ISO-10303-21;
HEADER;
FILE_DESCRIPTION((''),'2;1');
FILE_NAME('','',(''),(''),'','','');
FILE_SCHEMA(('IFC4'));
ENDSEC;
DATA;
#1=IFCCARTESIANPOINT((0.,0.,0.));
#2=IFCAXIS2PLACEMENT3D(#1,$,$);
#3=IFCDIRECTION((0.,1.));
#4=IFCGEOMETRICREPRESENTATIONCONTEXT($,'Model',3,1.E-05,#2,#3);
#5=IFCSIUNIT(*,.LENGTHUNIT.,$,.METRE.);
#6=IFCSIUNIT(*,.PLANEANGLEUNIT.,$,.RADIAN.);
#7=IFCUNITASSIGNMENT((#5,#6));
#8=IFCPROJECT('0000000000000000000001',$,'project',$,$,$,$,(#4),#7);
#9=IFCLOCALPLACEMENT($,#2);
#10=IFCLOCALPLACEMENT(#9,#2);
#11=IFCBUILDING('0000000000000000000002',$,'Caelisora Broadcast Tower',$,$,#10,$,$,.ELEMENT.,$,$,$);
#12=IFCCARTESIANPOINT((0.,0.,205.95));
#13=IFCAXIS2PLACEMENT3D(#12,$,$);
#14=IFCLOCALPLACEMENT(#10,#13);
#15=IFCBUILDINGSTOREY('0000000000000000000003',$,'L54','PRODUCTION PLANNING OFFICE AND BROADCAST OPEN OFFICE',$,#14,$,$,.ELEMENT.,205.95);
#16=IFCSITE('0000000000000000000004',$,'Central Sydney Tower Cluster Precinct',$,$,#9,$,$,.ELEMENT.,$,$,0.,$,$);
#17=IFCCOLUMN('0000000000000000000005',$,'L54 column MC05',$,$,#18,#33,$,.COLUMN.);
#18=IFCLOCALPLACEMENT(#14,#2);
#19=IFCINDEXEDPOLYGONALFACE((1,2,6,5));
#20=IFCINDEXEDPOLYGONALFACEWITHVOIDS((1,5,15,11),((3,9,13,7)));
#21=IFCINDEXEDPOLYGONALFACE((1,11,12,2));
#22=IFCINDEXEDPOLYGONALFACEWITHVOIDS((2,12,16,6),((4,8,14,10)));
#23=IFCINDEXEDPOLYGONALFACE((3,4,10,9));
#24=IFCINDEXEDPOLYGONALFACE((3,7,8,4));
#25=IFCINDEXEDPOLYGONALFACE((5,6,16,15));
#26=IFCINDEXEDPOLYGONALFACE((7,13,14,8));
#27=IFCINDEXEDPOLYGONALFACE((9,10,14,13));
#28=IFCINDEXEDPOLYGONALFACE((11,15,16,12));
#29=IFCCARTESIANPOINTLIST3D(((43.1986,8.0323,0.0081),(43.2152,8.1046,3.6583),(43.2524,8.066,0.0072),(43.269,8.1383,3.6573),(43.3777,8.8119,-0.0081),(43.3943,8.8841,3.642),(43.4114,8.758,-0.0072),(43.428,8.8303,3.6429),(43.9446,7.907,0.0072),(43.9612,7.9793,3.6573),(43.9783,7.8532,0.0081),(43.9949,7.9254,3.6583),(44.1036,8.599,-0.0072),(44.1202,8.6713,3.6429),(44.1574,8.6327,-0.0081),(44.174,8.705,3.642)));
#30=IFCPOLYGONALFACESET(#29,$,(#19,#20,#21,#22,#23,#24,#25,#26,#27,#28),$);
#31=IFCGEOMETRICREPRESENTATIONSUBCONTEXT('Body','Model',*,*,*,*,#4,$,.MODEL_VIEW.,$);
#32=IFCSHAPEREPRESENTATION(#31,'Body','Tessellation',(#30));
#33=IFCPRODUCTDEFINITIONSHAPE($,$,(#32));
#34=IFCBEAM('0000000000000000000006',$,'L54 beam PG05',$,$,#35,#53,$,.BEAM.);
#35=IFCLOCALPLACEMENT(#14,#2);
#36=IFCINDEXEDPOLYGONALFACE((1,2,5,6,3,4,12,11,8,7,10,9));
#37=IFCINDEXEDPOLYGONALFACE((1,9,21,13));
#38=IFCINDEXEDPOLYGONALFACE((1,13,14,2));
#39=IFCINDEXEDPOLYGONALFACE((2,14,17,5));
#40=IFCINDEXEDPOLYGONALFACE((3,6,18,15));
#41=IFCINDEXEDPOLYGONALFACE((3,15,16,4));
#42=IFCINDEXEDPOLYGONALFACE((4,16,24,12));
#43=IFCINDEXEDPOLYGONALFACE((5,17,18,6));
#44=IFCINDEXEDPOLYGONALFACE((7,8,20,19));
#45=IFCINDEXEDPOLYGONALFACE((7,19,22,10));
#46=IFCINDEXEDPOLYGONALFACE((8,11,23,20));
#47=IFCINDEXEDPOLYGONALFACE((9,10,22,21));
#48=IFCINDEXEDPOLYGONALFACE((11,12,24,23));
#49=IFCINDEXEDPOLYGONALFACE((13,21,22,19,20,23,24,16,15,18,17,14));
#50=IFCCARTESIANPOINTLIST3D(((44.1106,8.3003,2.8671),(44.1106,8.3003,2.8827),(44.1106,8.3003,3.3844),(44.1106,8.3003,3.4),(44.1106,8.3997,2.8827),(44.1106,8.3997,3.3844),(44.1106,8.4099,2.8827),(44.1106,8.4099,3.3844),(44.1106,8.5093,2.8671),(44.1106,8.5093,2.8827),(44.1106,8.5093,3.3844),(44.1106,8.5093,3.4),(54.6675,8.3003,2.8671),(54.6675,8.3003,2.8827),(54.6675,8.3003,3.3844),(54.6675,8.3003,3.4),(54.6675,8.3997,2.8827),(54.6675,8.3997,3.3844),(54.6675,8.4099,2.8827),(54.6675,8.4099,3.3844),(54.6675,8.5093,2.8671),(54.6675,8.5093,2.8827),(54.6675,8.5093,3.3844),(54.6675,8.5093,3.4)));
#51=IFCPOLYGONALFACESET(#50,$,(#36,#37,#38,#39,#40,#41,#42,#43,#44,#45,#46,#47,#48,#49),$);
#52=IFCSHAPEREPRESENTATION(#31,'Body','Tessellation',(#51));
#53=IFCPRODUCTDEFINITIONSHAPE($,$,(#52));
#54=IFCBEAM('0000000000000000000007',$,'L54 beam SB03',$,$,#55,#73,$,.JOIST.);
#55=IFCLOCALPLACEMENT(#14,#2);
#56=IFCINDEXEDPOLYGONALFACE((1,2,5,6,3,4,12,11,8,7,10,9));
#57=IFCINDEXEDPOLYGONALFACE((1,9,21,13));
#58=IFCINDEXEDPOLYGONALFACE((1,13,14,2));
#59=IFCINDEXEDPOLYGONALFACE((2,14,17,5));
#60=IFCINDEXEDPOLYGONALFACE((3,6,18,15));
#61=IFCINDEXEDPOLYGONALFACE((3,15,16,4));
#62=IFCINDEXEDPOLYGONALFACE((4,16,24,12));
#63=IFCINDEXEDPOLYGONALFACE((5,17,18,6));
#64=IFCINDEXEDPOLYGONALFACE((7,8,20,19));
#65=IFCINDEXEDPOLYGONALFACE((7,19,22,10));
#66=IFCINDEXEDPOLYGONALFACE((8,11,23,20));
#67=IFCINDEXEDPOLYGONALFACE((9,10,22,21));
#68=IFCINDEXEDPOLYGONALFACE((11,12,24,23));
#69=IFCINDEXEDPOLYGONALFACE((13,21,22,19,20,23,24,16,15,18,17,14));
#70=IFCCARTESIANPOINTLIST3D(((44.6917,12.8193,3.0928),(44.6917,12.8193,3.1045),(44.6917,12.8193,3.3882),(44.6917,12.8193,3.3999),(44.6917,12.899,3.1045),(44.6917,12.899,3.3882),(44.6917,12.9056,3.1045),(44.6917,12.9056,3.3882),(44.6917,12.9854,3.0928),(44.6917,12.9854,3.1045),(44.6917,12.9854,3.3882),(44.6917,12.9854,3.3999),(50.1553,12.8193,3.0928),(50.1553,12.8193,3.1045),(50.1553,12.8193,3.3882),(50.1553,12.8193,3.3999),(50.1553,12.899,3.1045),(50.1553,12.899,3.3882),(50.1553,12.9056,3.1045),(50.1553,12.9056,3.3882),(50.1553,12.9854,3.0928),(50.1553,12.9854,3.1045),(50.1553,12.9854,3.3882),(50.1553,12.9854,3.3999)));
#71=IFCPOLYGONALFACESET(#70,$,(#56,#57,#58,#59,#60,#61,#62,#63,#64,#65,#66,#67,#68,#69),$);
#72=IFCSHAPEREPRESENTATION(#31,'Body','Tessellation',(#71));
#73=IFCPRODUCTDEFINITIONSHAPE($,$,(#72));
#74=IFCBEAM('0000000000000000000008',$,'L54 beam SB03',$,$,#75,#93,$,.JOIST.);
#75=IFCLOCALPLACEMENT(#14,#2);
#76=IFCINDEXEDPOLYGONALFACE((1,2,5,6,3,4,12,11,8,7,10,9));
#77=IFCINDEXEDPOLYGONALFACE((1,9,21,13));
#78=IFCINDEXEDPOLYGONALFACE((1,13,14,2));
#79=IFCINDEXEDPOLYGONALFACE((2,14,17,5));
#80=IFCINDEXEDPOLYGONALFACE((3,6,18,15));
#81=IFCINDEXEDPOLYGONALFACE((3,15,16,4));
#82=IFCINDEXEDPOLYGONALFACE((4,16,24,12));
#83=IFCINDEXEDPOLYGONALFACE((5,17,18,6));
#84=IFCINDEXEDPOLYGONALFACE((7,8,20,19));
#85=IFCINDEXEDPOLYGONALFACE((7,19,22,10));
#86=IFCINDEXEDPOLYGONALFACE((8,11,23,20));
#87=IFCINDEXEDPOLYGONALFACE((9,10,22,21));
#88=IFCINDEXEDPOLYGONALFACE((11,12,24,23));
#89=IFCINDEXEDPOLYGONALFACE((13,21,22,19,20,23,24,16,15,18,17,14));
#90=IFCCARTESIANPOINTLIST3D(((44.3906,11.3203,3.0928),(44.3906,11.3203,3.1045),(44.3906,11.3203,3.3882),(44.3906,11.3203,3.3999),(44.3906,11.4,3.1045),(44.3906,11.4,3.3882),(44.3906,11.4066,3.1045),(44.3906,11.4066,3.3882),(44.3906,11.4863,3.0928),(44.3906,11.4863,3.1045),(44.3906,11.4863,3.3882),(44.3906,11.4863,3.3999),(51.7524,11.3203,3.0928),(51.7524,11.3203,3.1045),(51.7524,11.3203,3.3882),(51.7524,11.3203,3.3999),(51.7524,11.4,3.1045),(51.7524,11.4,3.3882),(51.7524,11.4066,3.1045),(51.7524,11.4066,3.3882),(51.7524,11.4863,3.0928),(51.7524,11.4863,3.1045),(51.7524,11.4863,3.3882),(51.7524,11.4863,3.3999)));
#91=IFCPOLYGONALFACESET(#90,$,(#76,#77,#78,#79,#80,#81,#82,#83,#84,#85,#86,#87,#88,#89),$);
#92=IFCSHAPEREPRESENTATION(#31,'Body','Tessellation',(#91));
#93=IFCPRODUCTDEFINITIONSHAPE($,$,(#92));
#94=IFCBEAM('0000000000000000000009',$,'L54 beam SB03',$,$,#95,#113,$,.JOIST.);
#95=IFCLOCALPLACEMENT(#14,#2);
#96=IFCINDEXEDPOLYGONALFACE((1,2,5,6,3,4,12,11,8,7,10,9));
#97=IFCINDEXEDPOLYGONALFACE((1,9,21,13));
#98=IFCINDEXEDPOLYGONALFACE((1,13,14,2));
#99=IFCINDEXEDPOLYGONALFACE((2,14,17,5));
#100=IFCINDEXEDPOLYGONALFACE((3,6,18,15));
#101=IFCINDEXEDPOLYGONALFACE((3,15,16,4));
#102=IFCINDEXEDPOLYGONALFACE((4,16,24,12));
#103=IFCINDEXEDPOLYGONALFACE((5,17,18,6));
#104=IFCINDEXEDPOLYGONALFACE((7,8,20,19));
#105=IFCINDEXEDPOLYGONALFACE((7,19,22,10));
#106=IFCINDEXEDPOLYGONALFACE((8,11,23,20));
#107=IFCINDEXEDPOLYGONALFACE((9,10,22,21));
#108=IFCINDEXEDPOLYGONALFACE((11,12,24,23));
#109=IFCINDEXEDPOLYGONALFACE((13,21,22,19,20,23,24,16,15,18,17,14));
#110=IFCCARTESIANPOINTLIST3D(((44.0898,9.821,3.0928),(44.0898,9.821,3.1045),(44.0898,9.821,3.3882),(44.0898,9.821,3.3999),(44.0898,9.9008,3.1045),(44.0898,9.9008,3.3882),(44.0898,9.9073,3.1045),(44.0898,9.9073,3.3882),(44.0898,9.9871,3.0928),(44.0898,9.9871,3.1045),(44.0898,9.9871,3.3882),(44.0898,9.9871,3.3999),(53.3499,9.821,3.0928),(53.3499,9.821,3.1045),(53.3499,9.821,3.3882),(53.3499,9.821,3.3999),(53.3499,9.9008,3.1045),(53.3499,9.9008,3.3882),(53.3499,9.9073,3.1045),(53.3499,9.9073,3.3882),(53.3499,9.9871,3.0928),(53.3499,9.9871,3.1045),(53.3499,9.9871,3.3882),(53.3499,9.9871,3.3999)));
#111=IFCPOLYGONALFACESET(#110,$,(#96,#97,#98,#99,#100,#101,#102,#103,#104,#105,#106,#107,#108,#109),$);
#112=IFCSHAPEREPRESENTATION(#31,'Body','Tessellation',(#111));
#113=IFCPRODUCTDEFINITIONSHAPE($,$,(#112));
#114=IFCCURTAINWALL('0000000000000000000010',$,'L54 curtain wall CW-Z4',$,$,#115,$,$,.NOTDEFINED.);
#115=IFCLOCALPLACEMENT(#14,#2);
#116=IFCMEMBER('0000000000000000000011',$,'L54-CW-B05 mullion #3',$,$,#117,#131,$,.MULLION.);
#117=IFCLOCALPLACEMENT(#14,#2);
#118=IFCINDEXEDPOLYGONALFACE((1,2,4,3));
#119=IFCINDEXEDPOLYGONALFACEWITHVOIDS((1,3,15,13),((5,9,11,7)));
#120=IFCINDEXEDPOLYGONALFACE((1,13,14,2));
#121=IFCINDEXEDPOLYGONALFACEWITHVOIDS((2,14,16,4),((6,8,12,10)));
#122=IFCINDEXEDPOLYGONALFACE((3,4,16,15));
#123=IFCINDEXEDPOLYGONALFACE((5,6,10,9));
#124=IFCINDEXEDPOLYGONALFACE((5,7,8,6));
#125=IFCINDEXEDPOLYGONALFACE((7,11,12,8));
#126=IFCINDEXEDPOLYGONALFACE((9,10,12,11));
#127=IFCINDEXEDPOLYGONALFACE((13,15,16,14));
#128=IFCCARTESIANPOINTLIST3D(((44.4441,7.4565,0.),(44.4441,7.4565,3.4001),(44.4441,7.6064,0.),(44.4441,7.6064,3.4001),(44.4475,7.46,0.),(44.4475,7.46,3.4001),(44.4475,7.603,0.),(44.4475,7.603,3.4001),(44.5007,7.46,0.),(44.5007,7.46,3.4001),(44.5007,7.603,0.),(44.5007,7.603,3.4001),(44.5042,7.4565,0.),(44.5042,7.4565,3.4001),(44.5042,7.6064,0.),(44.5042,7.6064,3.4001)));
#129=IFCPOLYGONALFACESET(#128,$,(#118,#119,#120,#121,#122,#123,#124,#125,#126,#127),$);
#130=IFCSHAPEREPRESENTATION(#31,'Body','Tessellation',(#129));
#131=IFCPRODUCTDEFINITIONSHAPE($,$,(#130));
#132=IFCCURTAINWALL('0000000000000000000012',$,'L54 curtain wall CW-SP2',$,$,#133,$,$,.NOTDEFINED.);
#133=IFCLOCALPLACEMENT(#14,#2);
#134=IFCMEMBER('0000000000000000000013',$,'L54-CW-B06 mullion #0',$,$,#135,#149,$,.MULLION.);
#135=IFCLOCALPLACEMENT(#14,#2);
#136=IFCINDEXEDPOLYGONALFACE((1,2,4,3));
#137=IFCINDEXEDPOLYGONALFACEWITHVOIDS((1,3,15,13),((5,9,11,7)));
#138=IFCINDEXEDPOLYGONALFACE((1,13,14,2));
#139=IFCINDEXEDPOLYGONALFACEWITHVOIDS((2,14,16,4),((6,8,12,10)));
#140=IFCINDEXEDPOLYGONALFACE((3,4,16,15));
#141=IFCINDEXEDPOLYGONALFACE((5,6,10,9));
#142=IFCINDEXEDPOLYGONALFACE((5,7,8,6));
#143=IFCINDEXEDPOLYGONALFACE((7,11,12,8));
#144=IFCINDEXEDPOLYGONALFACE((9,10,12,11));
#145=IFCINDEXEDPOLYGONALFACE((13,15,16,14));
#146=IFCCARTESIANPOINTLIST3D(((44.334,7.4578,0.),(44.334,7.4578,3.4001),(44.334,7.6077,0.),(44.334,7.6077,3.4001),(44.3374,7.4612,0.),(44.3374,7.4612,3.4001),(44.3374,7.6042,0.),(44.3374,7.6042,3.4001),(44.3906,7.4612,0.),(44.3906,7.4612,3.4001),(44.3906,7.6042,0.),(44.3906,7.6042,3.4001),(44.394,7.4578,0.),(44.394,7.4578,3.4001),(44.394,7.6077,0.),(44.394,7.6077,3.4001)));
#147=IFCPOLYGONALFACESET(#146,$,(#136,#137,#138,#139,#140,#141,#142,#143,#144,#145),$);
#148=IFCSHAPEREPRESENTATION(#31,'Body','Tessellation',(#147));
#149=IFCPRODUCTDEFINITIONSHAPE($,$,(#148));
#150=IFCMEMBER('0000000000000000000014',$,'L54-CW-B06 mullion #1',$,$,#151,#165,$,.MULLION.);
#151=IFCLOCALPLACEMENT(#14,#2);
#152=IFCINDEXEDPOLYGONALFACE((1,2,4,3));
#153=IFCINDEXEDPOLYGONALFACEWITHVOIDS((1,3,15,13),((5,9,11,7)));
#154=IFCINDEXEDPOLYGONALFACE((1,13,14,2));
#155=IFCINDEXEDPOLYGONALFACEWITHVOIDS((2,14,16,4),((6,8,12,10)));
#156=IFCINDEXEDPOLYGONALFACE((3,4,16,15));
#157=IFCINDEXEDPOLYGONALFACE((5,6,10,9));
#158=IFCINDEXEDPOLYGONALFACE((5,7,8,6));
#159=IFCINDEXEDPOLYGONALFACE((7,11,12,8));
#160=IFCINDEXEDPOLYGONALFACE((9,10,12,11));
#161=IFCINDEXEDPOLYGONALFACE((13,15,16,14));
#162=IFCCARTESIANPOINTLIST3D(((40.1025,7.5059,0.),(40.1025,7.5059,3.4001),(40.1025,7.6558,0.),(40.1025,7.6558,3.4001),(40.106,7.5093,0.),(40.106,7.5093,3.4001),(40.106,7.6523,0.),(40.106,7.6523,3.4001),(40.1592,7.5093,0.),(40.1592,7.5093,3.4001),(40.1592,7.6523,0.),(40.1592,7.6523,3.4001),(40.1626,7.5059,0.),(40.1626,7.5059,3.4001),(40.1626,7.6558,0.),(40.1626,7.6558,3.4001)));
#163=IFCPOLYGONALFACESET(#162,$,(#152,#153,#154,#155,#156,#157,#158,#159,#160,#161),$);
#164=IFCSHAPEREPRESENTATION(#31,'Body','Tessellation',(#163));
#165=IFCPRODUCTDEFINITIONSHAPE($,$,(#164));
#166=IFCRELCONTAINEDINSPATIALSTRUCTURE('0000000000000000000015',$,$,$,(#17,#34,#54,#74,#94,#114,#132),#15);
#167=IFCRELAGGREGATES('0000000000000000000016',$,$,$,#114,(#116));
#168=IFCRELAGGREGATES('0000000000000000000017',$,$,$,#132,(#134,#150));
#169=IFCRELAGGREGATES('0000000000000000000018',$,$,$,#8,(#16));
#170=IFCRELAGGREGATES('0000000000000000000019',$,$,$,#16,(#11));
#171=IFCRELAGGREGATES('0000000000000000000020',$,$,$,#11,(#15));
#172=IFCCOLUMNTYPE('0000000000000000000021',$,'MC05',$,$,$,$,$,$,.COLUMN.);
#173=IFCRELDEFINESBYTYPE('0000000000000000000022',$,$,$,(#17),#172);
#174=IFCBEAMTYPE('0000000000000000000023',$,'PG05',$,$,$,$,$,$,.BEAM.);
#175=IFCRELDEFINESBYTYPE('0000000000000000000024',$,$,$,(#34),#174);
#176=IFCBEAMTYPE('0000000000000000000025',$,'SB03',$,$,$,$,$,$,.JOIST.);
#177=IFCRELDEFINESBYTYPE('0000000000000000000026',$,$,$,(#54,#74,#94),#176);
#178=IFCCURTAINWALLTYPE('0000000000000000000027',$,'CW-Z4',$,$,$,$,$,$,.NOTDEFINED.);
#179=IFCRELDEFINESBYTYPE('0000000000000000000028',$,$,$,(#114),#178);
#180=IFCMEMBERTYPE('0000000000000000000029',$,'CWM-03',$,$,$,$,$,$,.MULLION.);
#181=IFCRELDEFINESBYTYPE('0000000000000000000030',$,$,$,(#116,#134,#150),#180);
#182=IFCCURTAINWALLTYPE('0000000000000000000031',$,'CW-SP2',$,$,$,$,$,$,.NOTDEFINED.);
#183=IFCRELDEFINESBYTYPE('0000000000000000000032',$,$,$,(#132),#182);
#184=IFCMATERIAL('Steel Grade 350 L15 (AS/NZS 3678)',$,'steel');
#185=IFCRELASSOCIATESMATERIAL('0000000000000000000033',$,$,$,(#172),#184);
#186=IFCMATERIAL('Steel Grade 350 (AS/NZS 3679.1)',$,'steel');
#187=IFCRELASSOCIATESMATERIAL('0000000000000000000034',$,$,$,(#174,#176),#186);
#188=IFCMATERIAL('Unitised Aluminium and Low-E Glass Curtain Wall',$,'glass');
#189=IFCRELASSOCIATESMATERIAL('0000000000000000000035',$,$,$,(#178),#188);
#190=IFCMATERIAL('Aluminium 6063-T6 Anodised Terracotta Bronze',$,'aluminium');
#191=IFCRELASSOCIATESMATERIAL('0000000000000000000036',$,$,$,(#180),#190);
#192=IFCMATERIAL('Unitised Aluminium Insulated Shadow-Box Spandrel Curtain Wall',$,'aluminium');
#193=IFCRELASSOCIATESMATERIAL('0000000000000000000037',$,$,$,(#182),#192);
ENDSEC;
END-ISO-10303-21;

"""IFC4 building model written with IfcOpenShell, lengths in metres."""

from ifc_helpers import new_model, si_unit, direction, frame, origin, origin_2d, place, context, subcontext, project, spatial, hollow_rectangle, i_section, extrude, source, transform, mapped, material, material_profile, profile_set, type_object, type_shapes, element, aggregate, save


model = new_model("IFC4")

# Units and contexts
model_context = context("Model", 3, precision=1e-05, world=origin(), true_north=direction((0.0, 1.0)))
body_context = subcontext(model_context, "Body", "Model", "MODEL_VIEW")
ifc_project = project(units=[si_unit("LENGTHUNIT", "METRE"), si_unit("PLANEANGLEUNIT", "RADIAN")], contexts=[model_context])

# Site, building, storey
site_placement = place(None, origin())
site = spatial("IfcSite", under=ifc_project, at=site_placement, Name="Central Sydney Tower Cluster Precinct", CompositionType="ELEMENT", RefElevation=0.0)
building_placement = place(site_placement, origin())
building = spatial("IfcBuilding", under=site, at=building_placement, Name="Caelisora Broadcast Tower", CompositionType="ELEMENT")
storey_placement = place(building_placement, frame((0.0, 0.0, 205.95)))
storey = spatial("IfcBuildingStorey", under=building, at=storey_placement, Name="L54", Description="PRODUCTION PLANNING OFFICE AND BROADCAST OPEN OFFICE", CompositionType="ELEMENT", Elevation=205.95)

# Column
ifc_material_1 = material(Name="Steel Grade 350 L15 (AS/NZS 3678)", Category="steel")
ifc_material_profile_1 = material_profile(ifc_material_1, hollow_rectangle(XDim=0.8, YDim=0.8, WallThickness=0.0449, at=origin_2d()), Name="Steel Grade 350 L15 (AS/NZS 3678)")
ifc_profile_set_1 = profile_set([ifc_material_profile_1], Name="Steel Grade 350 L15 (AS/NZS 3678)")
column_type = type_object("IfcColumnType", Name="MC05", PredefinedType="COLUMN", material=ifc_profile_set_1)
shared_shape_1 = source(origin(), body_context, "Body", "SweptSolid", [
    extrude(hollow_rectangle(XDim=0.8, YDim=0.8, WallThickness=0.0449, at=origin_2d()), origin(), (0.0, 0.0, 1.0), 3.6509),
])
type_shapes(column_type, [shared_shape_1])
column_placement = place(storey_placement, frame((43.678, 8.3325, 0.0), z_axis=(0.004547, 0.019794, 0.999794), x_axis=(-0.974613, 0.223898, 0.0)))
element("IfcColumn", 1, at=column_placement, inside=storey, type_object=column_type, Name="L54 column MC05", PredefinedType="COLUMN", context=body_context, shape_type="MappedRepresentation", body=[
    mapped(shared_shape_1, transform((0.0, 0.0, 0.0), scale=1.0)),
])

# Beams
ifc_material_2 = material(Name="Steel Grade 350 (AS/NZS 3679.1)", Category="steel")
ifc_material_profile_2 = material_profile(ifc_material_2, i_section(OverallWidth=0.209, OverallDepth=0.533, WebThickness=0.0103, FlangeThickness=0.0156, at=origin_2d()), Name="Steel Grade 350 (AS/NZS 3679.1)")
ifc_profile_set_2 = profile_set([ifc_material_profile_2], Name="Steel Grade 350 (AS/NZS 3679.1)")
beam_type_1 = type_object("IfcBeamType", Name="PG05", PredefinedType="BEAM", material=ifc_profile_set_2)
shared_shape_2 = source(origin(), body_context, "Body", "SweptSolid", [
    extrude(i_section(OverallWidth=0.209, OverallDepth=0.533, WebThickness=0.0103, FlangeThickness=0.0156, at=origin_2d()), origin(), (0.0, 0.0, 1.0), 10.5569),
])
type_shapes(beam_type_1, [shared_shape_2])
beam_1_placement = place(storey_placement, frame((44.1106, 8.4048, 3.1335), z_axis=(1.0, 0.0, 0.0), x_axis=(0.0, 1.0, 0.0)))
element("IfcBeam", 2, at=beam_1_placement, inside=storey, type_object=beam_type_1, Name="L54 beam PG05", PredefinedType="BEAM", context=body_context, shape_type="MappedRepresentation", body=[
    mapped(shared_shape_2, transform((0.0, 0.0, 0.0), scale=1.0)),
])
ifc_material_profile_3 = material_profile(ifc_material_2, i_section(OverallWidth=0.166, OverallDepth=0.3071, WebThickness=0.0066, FlangeThickness=0.0117, at=origin_2d()), Name="Steel Grade 350 (AS/NZS 3679.1)")
ifc_profile_set_3 = profile_set([ifc_material_profile_3], Name="Steel Grade 350 (AS/NZS 3679.1)")
beam_type_2 = type_object("IfcBeamType", Name="SB03", PredefinedType="JOIST", material=ifc_profile_set_3)
shared_shape_3 = source(origin(), body_context, "Body", "SweptSolid", [
    extrude(i_section(OverallWidth=0.166, OverallDepth=0.3071, WebThickness=0.0066, FlangeThickness=0.0117, at=origin_2d()), origin(), (0.0, 0.0, 1.0), 5.4636),
])
beam_2_placement = place(storey_placement, frame((44.6917, 12.9023, 3.2463), z_axis=(1.0, 0.0, 0.0), x_axis=(0.0, 1.0, 0.0)))
element("IfcBeam", 3, at=beam_2_placement, inside=storey, type_object=beam_type_2, Name="L54 beam SB03", PredefinedType="JOIST", context=body_context, shape_type="MappedRepresentation", body=[
    mapped(shared_shape_3, transform((0.0, 0.0, 0.0), scale=1.0)),
])
shared_shape_4 = source(origin(), body_context, "Body", "SweptSolid", [
    extrude(i_section(OverallWidth=0.166, OverallDepth=0.3071, WebThickness=0.0066, FlangeThickness=0.0117, at=origin_2d()), origin(), (0.0, 0.0, 1.0), 7.3618),
])
beam_3_placement = place(storey_placement, frame((44.3906, 11.4033, 3.2463), z_axis=(1.0, 0.0, 0.0), x_axis=(0.0, 1.0, 0.0)))
element("IfcBeam", 4, at=beam_3_placement, inside=storey, type_object=beam_type_2, Name="L54 beam SB03", PredefinedType="JOIST", context=body_context, shape_type="MappedRepresentation", body=[
    mapped(shared_shape_4, transform((0.0, 0.0, 0.0), scale=1.0)),
])
shared_shape_5 = source(origin(), body_context, "Body", "SweptSolid", [
    extrude(i_section(OverallWidth=0.166, OverallDepth=0.3071, WebThickness=0.0066, FlangeThickness=0.0117, at=origin_2d()), origin(), (0.0, 0.0, 1.0), 9.26),
])
type_shapes(beam_type_2, [shared_shape_3, shared_shape_4, shared_shape_5])
beam_4_placement = place(storey_placement, frame((44.0898, 9.9041, 3.2463), z_axis=(1.0, 0.0, 0.0), x_axis=(0.0, 1.0, 0.0)))
element("IfcBeam", 5, at=beam_4_placement, inside=storey, type_object=beam_type_2, Name="L54 beam SB03", PredefinedType="JOIST", context=body_context, shape_type="MappedRepresentation", body=[
    mapped(shared_shape_5, transform((0.0, 0.0, 0.0), scale=1.0)),
])

# Curtain wall, member
ifc_material_3 = material(Name="Unitised Aluminium and Low-E Glass Curtain Wall", Category="glass")
curtain_wall_type_1 = type_object("IfcCurtainWallType", Name="CW-Z4", PredefinedType="NOTDEFINED", material=ifc_material_3)
curtain_wall_1_placement = place(storey_placement, origin())
curtain_wall_1 = element("IfcCurtainWall", 6, at=curtain_wall_1_placement, inside=storey, type_object=curtain_wall_type_1, Name="L54 curtain wall CW-Z4", PredefinedType="NOTDEFINED")
ifc_material_4 = material(Name="Aluminium 6063-T6 Anodised Terracotta Bronze", Category="aluminium")
ifc_material_profile_4 = material_profile(ifc_material_4, hollow_rectangle(XDim=0.0601, YDim=0.1499, WallThickness=0.0034, at=origin_2d()), Name="Aluminium 6063-T6 Anodised Terracotta Bronze")
ifc_profile_set_4 = profile_set([ifc_material_profile_4], Name="Aluminium 6063-T6 Anodised Terracotta Bronze")
member_type_1 = type_object("IfcMemberType", Name="CWM-03", PredefinedType="MULLION", material=ifc_profile_set_4)
shared_shape_6 = source(origin(), body_context, "Body", "SweptSolid", [
    extrude(hollow_rectangle(XDim=0.0601, YDim=0.1499, WallThickness=0.0034, at=origin_2d()), origin(), (0.0, 0.0, 1.0), 3.4001),
])
type_shapes(member_type_1, [shared_shape_6])
member_1_placement = place(storey_placement, frame((44.4741, 7.5315, 0.0), z_axis=(0.0, 0.0, 1.0), x_axis=(1.0, 0.0, 0.0)))
member_1 = element("IfcMember", 7, at=member_1_placement, type_object=member_type_1, Name="L54-CW-B05 mullion #3", PredefinedType="MULLION", context=body_context, shape_type="MappedRepresentation", body=[
    mapped(shared_shape_6, transform((0.0, 0.0, 0.0), scale=1.0)),
])
aggregate(curtain_wall_1, [member_1])

# Curtain wall, members
ifc_material_5 = material(Name="Unitised Aluminium Insulated Shadow-Box Spandrel Curtain Wall", Category="aluminium")
curtain_wall_type_2 = type_object("IfcCurtainWallType", Name="CW-SP2", PredefinedType="NOTDEFINED", material=ifc_material_5)
curtain_wall_2_placement = place(storey_placement, origin())
curtain_wall_2 = element("IfcCurtainWall", 8, at=curtain_wall_2_placement, inside=storey, type_object=curtain_wall_type_2, Name="L54 curtain wall CW-SP2", PredefinedType="NOTDEFINED")
member_2_placement = place(storey_placement, frame((44.364, 7.5327, 0.0), z_axis=(0.0, 0.0, 1.0), x_axis=(1.0, 0.0, 0.0)))
member_2 = element("IfcMember", 9, at=member_2_placement, type_object=member_type_1, Name="L54-CW-B06 mullion #0", PredefinedType="MULLION", context=body_context, shape_type="MappedRepresentation", body=[
    mapped(shared_shape_6, transform((0.0, 0.0, 0.0), scale=1.0)),
])
member_3_placement = place(storey_placement, frame((40.1326, 7.5808, 0.0), z_axis=(0.0, 0.0, 1.0), x_axis=(1.0, 0.0, 0.0)))
member_3 = element("IfcMember", 10, at=member_3_placement, type_object=member_type_1, Name="L54-CW-B06 mullion #1", PredefinedType="MULLION", context=body_context, shape_type="MappedRepresentation", body=[
    mapped(shared_shape_6, transform((0.0, 0.0, 0.0), scale=1.0)),
])

aggregate(curtain_wall_2, [member_2, member_3])

save(model, "model.ifc")
